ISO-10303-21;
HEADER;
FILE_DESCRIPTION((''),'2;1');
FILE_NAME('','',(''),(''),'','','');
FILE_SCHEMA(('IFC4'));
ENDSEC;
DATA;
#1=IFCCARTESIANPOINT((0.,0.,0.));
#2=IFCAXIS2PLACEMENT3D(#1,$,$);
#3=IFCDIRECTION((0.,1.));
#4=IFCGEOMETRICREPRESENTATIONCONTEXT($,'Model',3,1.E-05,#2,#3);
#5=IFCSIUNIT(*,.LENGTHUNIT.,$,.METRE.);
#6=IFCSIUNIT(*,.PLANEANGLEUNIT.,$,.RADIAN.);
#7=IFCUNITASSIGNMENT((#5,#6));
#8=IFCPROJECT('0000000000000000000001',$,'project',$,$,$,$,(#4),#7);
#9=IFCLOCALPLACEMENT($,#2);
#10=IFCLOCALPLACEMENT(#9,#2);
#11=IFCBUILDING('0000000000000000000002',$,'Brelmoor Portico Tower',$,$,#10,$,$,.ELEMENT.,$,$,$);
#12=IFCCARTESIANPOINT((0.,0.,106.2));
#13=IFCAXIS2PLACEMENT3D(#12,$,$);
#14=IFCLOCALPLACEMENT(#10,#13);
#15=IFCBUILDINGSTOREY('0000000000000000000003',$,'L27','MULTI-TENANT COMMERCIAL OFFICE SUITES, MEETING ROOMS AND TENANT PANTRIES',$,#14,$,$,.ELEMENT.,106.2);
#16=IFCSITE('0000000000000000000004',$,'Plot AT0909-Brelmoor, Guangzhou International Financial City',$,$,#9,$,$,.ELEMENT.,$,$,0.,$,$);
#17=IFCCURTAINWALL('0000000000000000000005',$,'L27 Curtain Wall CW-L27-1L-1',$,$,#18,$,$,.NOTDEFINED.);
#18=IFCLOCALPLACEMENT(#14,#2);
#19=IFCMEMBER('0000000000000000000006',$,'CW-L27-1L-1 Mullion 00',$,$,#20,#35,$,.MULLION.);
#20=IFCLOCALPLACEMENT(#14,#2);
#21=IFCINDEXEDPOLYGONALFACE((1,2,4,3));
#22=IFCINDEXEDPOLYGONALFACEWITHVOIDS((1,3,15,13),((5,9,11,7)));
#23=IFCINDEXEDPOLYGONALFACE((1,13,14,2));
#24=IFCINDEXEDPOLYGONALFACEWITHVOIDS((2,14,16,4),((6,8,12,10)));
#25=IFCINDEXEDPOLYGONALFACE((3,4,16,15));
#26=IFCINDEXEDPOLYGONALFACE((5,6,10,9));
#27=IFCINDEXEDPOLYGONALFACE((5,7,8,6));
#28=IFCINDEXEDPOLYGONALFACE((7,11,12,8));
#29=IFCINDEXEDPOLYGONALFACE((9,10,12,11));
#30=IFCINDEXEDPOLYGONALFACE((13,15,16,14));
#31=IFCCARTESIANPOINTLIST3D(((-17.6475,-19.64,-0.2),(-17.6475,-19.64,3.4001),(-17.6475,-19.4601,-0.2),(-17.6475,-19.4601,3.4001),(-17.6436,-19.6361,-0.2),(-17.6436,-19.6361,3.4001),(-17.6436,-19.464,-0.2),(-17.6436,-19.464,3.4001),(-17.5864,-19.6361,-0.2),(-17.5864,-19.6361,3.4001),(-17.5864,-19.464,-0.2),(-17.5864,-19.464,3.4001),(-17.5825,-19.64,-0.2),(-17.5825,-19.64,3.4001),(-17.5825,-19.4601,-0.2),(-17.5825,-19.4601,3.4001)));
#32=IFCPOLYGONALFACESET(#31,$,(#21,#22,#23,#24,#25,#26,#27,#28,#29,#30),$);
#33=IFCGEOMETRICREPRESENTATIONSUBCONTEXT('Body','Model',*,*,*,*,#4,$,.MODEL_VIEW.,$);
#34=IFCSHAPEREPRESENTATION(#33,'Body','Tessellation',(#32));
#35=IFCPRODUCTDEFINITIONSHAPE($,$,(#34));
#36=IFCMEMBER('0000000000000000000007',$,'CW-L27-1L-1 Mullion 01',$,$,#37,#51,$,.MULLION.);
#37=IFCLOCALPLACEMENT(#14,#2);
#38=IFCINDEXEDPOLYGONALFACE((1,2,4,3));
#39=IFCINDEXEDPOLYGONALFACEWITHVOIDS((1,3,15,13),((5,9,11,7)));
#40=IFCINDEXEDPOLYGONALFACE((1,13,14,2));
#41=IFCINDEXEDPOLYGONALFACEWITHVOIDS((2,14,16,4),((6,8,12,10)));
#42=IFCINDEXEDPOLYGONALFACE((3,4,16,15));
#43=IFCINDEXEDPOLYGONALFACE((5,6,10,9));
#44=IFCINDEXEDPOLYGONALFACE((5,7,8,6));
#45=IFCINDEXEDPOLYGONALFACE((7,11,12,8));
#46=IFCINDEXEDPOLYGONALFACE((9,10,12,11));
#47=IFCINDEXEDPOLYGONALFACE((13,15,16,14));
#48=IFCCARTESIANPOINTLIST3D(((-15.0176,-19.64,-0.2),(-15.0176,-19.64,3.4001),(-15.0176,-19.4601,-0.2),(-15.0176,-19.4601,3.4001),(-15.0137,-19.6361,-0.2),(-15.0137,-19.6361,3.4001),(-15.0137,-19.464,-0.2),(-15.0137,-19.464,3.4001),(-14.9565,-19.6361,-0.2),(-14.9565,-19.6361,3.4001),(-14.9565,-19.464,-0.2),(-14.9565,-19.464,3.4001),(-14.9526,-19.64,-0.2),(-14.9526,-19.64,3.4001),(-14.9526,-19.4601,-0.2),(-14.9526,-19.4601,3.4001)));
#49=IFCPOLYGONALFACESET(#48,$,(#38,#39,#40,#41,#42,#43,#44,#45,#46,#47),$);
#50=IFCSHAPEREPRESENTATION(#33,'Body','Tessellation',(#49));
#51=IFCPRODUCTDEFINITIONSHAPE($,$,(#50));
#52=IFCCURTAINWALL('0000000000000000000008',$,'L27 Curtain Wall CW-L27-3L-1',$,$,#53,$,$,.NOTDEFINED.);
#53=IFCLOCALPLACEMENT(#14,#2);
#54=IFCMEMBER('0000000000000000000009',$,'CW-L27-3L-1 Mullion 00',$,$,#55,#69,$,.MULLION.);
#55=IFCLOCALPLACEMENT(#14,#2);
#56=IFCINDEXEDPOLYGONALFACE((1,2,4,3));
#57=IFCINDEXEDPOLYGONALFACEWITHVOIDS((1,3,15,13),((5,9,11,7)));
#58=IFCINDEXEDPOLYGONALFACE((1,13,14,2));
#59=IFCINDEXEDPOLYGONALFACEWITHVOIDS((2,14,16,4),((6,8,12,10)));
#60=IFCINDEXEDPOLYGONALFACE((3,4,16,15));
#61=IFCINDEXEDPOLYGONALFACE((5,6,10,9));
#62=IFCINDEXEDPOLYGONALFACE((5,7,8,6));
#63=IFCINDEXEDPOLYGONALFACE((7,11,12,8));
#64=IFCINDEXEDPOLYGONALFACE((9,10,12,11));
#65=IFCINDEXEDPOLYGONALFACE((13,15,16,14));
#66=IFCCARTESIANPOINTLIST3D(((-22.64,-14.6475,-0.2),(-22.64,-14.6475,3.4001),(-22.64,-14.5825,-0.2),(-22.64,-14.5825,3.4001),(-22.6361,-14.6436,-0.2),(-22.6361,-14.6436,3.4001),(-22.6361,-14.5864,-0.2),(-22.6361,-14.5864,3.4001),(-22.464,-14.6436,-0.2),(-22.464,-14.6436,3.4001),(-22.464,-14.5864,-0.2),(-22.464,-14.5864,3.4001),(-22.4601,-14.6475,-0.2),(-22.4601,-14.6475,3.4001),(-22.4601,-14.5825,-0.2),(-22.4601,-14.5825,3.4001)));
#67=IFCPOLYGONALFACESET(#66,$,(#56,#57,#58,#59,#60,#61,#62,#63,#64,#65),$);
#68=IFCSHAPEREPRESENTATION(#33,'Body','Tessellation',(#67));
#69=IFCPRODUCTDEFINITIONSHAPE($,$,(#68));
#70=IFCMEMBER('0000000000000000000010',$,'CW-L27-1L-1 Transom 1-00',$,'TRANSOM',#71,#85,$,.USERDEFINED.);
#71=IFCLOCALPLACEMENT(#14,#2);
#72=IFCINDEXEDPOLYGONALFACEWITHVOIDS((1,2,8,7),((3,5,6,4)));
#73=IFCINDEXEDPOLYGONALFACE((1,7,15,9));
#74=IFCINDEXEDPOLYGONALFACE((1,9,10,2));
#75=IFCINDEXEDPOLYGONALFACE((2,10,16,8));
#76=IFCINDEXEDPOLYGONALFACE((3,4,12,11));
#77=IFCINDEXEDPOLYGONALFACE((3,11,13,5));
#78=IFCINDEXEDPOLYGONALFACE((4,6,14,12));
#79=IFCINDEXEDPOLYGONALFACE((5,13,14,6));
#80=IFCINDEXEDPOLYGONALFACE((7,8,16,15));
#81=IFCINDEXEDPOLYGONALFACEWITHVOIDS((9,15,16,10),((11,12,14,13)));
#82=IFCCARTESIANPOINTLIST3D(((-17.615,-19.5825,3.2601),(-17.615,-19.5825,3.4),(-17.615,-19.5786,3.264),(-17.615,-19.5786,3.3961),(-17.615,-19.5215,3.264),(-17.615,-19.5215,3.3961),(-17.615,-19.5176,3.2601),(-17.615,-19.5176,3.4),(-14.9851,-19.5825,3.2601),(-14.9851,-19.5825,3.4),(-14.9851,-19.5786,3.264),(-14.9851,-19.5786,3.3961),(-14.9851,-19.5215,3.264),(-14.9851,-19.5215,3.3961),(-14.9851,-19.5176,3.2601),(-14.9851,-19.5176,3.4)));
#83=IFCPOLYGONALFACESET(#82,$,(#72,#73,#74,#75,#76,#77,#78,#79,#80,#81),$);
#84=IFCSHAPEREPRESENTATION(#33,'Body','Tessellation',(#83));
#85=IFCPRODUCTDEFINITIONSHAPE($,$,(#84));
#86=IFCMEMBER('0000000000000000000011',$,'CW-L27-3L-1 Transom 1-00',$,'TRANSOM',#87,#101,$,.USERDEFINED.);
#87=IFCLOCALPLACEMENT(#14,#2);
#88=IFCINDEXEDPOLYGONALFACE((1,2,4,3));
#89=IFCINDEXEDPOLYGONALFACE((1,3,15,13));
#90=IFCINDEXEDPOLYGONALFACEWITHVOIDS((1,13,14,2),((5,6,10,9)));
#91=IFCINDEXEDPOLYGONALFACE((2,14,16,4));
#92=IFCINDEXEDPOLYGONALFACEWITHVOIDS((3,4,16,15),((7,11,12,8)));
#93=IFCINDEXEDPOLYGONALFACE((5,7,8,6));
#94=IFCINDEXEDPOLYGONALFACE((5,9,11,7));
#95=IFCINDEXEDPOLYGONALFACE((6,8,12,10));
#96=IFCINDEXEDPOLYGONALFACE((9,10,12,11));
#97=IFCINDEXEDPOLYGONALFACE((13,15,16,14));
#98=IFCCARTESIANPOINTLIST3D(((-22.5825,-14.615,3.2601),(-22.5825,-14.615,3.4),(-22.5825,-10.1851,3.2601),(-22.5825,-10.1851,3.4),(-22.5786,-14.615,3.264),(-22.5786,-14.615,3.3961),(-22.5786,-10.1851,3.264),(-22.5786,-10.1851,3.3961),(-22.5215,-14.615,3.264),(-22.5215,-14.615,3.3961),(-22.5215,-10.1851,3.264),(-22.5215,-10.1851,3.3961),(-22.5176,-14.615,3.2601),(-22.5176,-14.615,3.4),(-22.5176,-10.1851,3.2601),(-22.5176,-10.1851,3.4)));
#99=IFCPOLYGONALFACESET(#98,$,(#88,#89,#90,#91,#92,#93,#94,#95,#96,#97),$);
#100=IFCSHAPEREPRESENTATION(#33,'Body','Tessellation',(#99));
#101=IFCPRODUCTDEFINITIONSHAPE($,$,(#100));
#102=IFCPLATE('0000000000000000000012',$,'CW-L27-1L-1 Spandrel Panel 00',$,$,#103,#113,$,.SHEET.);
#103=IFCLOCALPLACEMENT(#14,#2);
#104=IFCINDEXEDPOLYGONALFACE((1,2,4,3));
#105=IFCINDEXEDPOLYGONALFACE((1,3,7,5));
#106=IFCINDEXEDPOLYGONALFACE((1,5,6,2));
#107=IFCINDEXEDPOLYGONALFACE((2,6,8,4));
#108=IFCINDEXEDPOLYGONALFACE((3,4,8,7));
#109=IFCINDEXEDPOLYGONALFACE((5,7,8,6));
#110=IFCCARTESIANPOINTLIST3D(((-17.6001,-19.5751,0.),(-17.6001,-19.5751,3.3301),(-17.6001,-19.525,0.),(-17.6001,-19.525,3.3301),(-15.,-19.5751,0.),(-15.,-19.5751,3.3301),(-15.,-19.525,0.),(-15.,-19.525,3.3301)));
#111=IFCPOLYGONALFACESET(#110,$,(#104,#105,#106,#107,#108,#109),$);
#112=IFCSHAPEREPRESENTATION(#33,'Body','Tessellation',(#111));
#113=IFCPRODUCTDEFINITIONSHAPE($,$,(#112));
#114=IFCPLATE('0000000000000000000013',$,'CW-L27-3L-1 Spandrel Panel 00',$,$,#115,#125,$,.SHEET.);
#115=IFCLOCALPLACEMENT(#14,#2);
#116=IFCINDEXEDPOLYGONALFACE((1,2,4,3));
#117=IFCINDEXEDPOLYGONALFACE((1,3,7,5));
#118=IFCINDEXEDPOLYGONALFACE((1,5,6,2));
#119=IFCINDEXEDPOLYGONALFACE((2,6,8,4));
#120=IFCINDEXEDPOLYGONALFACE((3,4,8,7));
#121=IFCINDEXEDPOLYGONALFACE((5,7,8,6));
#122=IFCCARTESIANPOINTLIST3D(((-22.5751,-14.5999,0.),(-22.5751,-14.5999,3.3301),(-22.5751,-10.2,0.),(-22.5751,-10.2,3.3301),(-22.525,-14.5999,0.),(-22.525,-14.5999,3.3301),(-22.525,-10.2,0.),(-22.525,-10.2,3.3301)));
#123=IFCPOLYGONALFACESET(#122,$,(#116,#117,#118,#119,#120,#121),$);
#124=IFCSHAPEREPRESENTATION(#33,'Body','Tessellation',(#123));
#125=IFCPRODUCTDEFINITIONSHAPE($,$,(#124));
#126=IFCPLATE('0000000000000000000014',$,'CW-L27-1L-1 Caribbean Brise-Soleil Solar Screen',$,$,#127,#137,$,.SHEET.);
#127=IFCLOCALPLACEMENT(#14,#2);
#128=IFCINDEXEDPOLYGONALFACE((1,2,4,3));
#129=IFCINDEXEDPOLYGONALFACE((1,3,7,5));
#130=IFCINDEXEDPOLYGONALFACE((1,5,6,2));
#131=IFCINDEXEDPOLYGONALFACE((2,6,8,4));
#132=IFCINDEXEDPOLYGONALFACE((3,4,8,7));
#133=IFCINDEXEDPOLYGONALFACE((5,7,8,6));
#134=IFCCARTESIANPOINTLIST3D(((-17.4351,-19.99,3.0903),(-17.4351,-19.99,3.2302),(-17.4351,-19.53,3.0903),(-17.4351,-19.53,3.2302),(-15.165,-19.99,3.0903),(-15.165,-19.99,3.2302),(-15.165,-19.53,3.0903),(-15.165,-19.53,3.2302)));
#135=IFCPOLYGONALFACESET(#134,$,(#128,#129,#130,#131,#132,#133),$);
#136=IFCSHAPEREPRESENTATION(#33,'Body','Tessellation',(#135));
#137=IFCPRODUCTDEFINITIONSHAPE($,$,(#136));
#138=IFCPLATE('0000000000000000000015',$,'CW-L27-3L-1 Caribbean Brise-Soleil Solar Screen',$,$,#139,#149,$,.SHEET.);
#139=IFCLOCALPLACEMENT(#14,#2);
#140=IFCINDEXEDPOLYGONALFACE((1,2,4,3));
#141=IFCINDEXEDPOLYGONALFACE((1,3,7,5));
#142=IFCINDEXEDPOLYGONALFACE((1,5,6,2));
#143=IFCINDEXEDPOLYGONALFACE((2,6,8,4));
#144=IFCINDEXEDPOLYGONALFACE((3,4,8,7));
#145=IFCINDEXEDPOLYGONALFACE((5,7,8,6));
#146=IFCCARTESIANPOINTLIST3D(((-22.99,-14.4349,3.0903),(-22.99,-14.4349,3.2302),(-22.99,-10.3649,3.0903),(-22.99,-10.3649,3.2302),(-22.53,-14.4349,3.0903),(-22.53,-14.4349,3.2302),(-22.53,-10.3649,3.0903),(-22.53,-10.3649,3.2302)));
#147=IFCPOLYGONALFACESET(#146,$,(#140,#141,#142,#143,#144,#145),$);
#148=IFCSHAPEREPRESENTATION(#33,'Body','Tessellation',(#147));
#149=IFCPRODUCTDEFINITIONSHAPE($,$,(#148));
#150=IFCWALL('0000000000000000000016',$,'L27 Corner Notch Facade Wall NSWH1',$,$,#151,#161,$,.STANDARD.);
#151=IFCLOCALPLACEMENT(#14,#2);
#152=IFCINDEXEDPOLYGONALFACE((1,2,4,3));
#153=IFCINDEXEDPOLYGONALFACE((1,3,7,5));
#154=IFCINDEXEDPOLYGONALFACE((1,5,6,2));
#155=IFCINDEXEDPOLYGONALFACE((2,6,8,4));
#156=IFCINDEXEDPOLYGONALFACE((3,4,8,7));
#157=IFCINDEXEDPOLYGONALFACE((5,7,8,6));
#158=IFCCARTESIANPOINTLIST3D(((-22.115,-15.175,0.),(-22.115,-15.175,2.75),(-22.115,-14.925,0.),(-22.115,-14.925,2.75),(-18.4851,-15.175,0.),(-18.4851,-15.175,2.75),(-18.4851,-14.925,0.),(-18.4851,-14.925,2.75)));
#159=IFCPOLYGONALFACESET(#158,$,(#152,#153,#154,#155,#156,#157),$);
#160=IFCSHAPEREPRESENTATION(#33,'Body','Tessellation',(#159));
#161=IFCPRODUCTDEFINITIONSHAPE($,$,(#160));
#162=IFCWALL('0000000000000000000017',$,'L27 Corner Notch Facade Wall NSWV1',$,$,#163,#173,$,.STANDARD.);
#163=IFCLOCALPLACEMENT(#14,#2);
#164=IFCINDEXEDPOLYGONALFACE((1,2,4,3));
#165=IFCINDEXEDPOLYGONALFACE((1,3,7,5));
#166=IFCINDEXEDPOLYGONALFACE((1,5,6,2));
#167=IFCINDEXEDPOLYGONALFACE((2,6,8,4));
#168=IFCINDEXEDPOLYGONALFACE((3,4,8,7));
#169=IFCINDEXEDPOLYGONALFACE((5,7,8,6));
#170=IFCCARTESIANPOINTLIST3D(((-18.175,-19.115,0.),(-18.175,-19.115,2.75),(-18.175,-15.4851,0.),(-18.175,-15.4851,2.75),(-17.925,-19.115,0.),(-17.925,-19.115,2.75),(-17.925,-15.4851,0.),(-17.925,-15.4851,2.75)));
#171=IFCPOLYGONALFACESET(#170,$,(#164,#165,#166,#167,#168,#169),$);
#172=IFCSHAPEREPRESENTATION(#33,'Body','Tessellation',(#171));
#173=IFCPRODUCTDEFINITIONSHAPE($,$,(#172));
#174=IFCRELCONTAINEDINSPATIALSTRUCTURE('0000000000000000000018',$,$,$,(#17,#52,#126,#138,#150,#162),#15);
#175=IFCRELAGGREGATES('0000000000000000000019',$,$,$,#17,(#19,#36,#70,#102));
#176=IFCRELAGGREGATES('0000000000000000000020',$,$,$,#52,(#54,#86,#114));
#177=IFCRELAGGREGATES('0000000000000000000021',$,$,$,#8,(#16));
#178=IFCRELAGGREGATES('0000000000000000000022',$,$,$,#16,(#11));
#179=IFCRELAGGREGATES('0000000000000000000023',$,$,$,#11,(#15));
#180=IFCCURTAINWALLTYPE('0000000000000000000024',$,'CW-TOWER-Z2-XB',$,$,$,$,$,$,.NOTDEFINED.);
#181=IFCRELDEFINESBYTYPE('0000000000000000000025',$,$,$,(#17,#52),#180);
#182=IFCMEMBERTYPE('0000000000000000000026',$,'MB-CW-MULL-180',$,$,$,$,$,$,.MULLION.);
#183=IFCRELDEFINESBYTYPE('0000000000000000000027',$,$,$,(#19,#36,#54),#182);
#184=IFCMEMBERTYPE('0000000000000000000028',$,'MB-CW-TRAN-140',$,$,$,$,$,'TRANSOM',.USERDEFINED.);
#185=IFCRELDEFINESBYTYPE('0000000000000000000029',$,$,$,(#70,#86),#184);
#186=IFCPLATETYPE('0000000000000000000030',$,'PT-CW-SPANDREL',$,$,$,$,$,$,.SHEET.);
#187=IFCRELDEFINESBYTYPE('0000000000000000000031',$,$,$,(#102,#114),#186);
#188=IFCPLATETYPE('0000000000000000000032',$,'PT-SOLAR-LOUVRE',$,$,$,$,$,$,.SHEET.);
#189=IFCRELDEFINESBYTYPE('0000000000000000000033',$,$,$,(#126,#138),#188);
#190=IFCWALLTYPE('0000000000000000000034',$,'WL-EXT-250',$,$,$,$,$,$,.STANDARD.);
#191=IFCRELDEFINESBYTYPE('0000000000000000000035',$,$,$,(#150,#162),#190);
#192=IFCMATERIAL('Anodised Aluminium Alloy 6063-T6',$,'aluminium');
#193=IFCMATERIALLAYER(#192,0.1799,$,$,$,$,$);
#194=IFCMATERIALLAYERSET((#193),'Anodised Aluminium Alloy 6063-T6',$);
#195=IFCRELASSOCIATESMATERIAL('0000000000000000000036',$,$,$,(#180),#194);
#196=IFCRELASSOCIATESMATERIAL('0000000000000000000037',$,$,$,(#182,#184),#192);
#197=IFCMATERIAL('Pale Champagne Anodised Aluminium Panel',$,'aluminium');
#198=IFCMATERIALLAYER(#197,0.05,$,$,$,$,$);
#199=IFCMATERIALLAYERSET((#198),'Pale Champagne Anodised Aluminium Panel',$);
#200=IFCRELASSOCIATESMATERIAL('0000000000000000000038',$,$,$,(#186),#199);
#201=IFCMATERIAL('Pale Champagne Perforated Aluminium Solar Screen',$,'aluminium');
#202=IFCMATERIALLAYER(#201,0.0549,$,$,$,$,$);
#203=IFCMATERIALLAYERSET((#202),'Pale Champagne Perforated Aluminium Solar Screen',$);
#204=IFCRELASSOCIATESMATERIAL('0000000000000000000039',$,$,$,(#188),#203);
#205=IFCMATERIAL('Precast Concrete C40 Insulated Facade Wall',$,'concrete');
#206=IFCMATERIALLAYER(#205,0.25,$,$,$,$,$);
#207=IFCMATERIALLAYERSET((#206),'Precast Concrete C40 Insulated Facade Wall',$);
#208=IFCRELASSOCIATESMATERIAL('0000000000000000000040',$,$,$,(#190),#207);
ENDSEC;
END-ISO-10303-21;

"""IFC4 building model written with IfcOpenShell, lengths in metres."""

from ifc_helpers import new_model, si_unit, direction, frame, frame_2d, origin, origin_2d, place, context, subcontext, project, spatial, rectangle, hollow_rectangle, extrude, material, layer, layer_set, material_profile, profile_set, type_object, element, aggregate, save


model = new_model("IFC4")

# Units and contexts
model_context = context("Model", 3, precision=1e-05, world=origin(), true_north=direction((0.0, 1.0)))
body_context = subcontext(model_context, "Body", "Model", "MODEL_VIEW")
ifc_project = project(units=[si_unit("LENGTHUNIT", "METRE"), si_unit("PLANEANGLEUNIT", "RADIAN")], contexts=[model_context])

# Site, building, storey
site_placement = place(None, origin())
site = spatial("IfcSite", under=ifc_project, at=site_placement, Name="Plot AT0909-Brelmoor, Guangzhou International Financial City", CompositionType="ELEMENT", RefElevation=0.0)
building_placement = place(site_placement, origin())
building = spatial("IfcBuilding", under=site, at=building_placement, Name="Brelmoor Portico Tower", CompositionType="ELEMENT")
storey_placement = place(building_placement, frame((0.0, 0.0, 106.2)))
storey = spatial("IfcBuildingStorey", under=building, at=storey_placement, Name="L27", Description="MULTI-TENANT COMMERCIAL OFFICE SUITES, MEETING ROOMS AND TENANT PANTRIES", CompositionType="ELEMENT", Elevation=106.2)

# Curtain wall, members
ifc_material_1 = material(Name="Anodised Aluminium Alloy 6063-T6", Category="aluminium")
ifc_layer_1 = layer(ifc_material_1, 0.1799)
ifc_layer_set_1 = layer_set([ifc_layer_1], Name="Anodised Aluminium Alloy 6063-T6")
curtain_wall_type = type_object("IfcCurtainWallType", Name="CW-TOWER-Z2-XB", PredefinedType="NOTDEFINED", material=ifc_layer_set_1)
curtain_wall_1_placement = place(storey_placement, origin())
curtain_wall_1 = element("IfcCurtainWall", 1, at=curtain_wall_1_placement, inside=storey, type_object=curtain_wall_type, Name="L27 Curtain Wall CW-L27-1L-1", PredefinedType="NOTDEFINED")
ifc_material_profile_1 = material_profile(ifc_material_1, hollow_rectangle(XDim=0.0649, YDim=0.1799, WallThickness=0.0039, at=origin_2d()), Name="ALU MULLION 65x180")
ifc_profile_set_1 = profile_set([ifc_material_profile_1], Name="Anodised Aluminium Alloy 6063-T6")
member_type_1 = type_object("IfcMemberType", Name="MB-CW-MULL-180", PredefinedType="MULLION", material=ifc_profile_set_1)
member_1_placement = place(storey_placement, frame((-17.615, -19.55, -0.2), z_axis=(0.0, 0.0, 1.0), x_axis=(1.0, 0.0, 0.0)))
member_1 = element("IfcMember", 2, at=member_1_placement, type_object=member_type_1, Name="CW-L27-1L-1 Mullion 00", PredefinedType="MULLION", context=body_context, shape_type="SweptSolid", body=[
    extrude(hollow_rectangle(XDim=0.0649, YDim=0.1799, WallThickness=0.0039, at=origin_2d()), origin(), (0.0, 0.0, 1.0), 3.6001),
])
member_2_placement = place(storey_placement, frame((-14.9851, -19.55, -0.2), z_axis=(0.0, 0.0, 1.0), x_axis=(1.0, 0.0, 0.0)))
member_2 = element("IfcMember", 3, at=member_2_placement, type_object=member_type_1, Name="CW-L27-1L-1 Mullion 01", PredefinedType="MULLION", context=body_context, shape_type="SweptSolid", body=[
    extrude(hollow_rectangle(XDim=0.0649, YDim=0.1799, WallThickness=0.0039, at=origin_2d()), origin(), (0.0, 0.0, 1.0), 3.6001),
])

# Curtain wall, member
curtain_wall_2_placement = place(storey_placement, origin())
curtain_wall_2 = element("IfcCurtainWall", 4, at=curtain_wall_2_placement, inside=storey, type_object=curtain_wall_type, Name="L27 Curtain Wall CW-L27-3L-1", PredefinedType="NOTDEFINED")
member_3_placement = place(storey_placement, frame((-22.55, -14.615, -0.2), z_axis=(0.0, 0.0, 1.0), x_axis=(0.0, 1.0, 0.0)))
member_3 = element("IfcMember", 5, at=member_3_placement, type_object=member_type_1, Name="CW-L27-3L-1 Mullion 00", PredefinedType="MULLION", context=body_context, shape_type="SweptSolid", body=[
    extrude(hollow_rectangle(XDim=0.0649, YDim=0.1799, WallThickness=0.0039, at=origin_2d()), origin(), (0.0, 0.0, 1.0), 3.6001),
])

# Members
ifc_material_profile_2 = material_profile(ifc_material_1, hollow_rectangle(XDim=0.0649, YDim=0.1399, WallThickness=0.0039, at=origin_2d()), Name="ALU TRANSOM 65x140")
ifc_profile_set_2 = profile_set([ifc_material_profile_2], Name="Anodised Aluminium Alloy 6063-T6")
member_type_2 = type_object("IfcMemberType", Name="MB-CW-TRAN-140", ElementType="TRANSOM", PredefinedType="USERDEFINED", material=ifc_profile_set_2)
member_4_placement = place(storey_placement, frame((-17.615, -19.55, 3.3301), z_axis=(1.0, 0.0, 0.0), x_axis=(0.0, 1.0, 0.0)))
member_4 = element("IfcMember", 6, at=member_4_placement, type_object=member_type_2, Name="CW-L27-1L-1 Transom 1-00", ObjectType="TRANSOM", PredefinedType="USERDEFINED", context=body_context, shape_type="SweptSolid", body=[
    extrude(hollow_rectangle(XDim=0.0649, YDim=0.1399, WallThickness=0.0039, at=origin_2d()), origin(), (0.0, 0.0, 1.0), 2.6299),
])
member_5_placement = place(storey_placement, frame((-22.55, -14.615, 3.3301), z_axis=(0.0, 1.0, 0.0), x_axis=(-1.0, 0.0, 0.0)))
member_5 = element("IfcMember", 7, at=member_5_placement, type_object=member_type_2, Name="CW-L27-3L-1 Transom 1-00", ObjectType="TRANSOM", PredefinedType="USERDEFINED", context=body_context, shape_type="SweptSolid", body=[
    extrude(hollow_rectangle(XDim=0.0649, YDim=0.1399, WallThickness=0.0039, at=origin_2d()), origin(), (0.0, 0.0, 1.0), 4.4299),
])

# Plates
ifc_material_2 = material(Name="Pale Champagne Anodised Aluminium Panel", Category="aluminium")
ifc_layer_2 = layer(ifc_material_2, 0.05)
ifc_layer_set_2 = layer_set([ifc_layer_2], Name="Pale Champagne Anodised Aluminium Panel")
plate_type_1 = type_object("IfcPlateType", Name="PT-CW-SPANDREL", PredefinedType="SHEET", material=ifc_layer_set_2)
plate_1_placement = place(storey_placement, frame((-16.3, -19.55, 0.0), z_axis=(0.0, 0.0, 1.0), x_axis=(1.0, 0.0, 0.0)))
plate_1 = element("IfcPlate", 8, at=plate_1_placement, type_object=plate_type_1, Name="CW-L27-1L-1 Spandrel Panel 00", PredefinedType="SHEET", context=body_context, shape_type="SweptSolid", body=[
    extrude(rectangle(XDim=2.6001, YDim=0.05, at=origin_2d()), origin(), (0.0, 0.0, 1.0), 3.3301),
])
aggregate(curtain_wall_1, [member_1, member_2, member_4, plate_1])
plate_2_placement = place(storey_placement, frame((-22.55, -12.3999, 0.0), z_axis=(0.0, 0.0, 1.0), x_axis=(0.0, 1.0, 0.0)))
plate_2 = element("IfcPlate", 9, at=plate_2_placement, type_object=plate_type_1, Name="CW-L27-3L-1 Spandrel Panel 00", PredefinedType="SHEET", context=body_context, shape_type="SweptSolid", body=[
    extrude(rectangle(XDim=4.3999, YDim=0.05, at=origin_2d()), origin(), (0.0, 0.0, 1.0), 3.3301),
])
aggregate(curtain_wall_2, [member_3, member_5, plate_2])

# Plates
ifc_material_3 = material(Name="Pale Champagne Perforated Aluminium Solar Screen", Category="aluminium")
ifc_layer_3 = layer(ifc_material_3, 0.0549)
ifc_layer_set_3 = layer_set([ifc_layer_3], Name="Pale Champagne Perforated Aluminium Solar Screen")
plate_type_2 = type_object("IfcPlateType", Name="PT-SOLAR-LOUVRE", PredefinedType="SHEET", material=ifc_layer_set_3)
plate_3_placement = place(storey_placement, frame((-16.3, -19.76, 3.0903), z_axis=(0.0, 0.0, 1.0), x_axis=(1.0, 0.0, 0.0)))
element("IfcPlate", 10, at=plate_3_placement, inside=storey, type_object=plate_type_2, Name="CW-L27-1L-1 Caribbean Brise-Soleil Solar Screen", PredefinedType="SHEET", context=body_context, shape_type="SweptSolid", body=[
    extrude(rectangle(XDim=2.27, YDim=0.46, at=origin_2d()), origin(), (0.0, 0.0, 1.0), 0.1399),
])
plate_4_placement = place(storey_placement, frame((-22.76, -12.3999, 3.0903), z_axis=(0.0, 0.0, 1.0), x_axis=(0.0, 1.0, 0.0)))
element("IfcPlate", 11, at=plate_4_placement, inside=storey, type_object=plate_type_2, Name="CW-L27-3L-1 Caribbean Brise-Soleil Solar Screen", PredefinedType="SHEET", context=body_context, shape_type="SweptSolid", body=[
    extrude(rectangle(XDim=4.0701, YDim=0.46, at=origin_2d()), origin(), (0.0, 0.0, 1.0), 0.1399),
])

# Walls
ifc_material_4 = material(Name="Precast Concrete C40 Insulated Facade Wall", Category="concrete")
ifc_layer_4 = layer(ifc_material_4, 0.25)
ifc_layer_set_4 = layer_set([ifc_layer_4], Name="Precast Concrete C40 Insulated Facade Wall")
wall_type = type_object("IfcWallType", Name="WL-EXT-250", PredefinedType="STANDARD", material=ifc_layer_set_4)
for number, where, z_axis, x_axis, name in (
    (12, (-22.115, -15.05, 0.0), (0.0, 0.0, 1.0), (1.0, 0.0, 0.0), "L27 Corner Notch Facade Wall NSWH1"),
    (13, (-18.05, -19.115, 0.0), (0.0, 0.0, 1.0), (0.0, 1.0, 0.0), "L27 Corner Notch Facade Wall NSWV1"),
):
    element("IfcWall", number, at=place(storey_placement, frame(where, z_axis=z_axis, x_axis=x_axis)), inside=storey, type_object=wall_type, Name=name, PredefinedType="STANDARD", context=body_context, shape_type="SweptSolid", body=[
        extrude(rectangle(XDim=3.6299, YDim=0.25, at=frame_2d((1.8149, 0.0))), origin(), (0.0, 0.0, 1.0), 2.75),
    ])

save(model, "model.ifc")
